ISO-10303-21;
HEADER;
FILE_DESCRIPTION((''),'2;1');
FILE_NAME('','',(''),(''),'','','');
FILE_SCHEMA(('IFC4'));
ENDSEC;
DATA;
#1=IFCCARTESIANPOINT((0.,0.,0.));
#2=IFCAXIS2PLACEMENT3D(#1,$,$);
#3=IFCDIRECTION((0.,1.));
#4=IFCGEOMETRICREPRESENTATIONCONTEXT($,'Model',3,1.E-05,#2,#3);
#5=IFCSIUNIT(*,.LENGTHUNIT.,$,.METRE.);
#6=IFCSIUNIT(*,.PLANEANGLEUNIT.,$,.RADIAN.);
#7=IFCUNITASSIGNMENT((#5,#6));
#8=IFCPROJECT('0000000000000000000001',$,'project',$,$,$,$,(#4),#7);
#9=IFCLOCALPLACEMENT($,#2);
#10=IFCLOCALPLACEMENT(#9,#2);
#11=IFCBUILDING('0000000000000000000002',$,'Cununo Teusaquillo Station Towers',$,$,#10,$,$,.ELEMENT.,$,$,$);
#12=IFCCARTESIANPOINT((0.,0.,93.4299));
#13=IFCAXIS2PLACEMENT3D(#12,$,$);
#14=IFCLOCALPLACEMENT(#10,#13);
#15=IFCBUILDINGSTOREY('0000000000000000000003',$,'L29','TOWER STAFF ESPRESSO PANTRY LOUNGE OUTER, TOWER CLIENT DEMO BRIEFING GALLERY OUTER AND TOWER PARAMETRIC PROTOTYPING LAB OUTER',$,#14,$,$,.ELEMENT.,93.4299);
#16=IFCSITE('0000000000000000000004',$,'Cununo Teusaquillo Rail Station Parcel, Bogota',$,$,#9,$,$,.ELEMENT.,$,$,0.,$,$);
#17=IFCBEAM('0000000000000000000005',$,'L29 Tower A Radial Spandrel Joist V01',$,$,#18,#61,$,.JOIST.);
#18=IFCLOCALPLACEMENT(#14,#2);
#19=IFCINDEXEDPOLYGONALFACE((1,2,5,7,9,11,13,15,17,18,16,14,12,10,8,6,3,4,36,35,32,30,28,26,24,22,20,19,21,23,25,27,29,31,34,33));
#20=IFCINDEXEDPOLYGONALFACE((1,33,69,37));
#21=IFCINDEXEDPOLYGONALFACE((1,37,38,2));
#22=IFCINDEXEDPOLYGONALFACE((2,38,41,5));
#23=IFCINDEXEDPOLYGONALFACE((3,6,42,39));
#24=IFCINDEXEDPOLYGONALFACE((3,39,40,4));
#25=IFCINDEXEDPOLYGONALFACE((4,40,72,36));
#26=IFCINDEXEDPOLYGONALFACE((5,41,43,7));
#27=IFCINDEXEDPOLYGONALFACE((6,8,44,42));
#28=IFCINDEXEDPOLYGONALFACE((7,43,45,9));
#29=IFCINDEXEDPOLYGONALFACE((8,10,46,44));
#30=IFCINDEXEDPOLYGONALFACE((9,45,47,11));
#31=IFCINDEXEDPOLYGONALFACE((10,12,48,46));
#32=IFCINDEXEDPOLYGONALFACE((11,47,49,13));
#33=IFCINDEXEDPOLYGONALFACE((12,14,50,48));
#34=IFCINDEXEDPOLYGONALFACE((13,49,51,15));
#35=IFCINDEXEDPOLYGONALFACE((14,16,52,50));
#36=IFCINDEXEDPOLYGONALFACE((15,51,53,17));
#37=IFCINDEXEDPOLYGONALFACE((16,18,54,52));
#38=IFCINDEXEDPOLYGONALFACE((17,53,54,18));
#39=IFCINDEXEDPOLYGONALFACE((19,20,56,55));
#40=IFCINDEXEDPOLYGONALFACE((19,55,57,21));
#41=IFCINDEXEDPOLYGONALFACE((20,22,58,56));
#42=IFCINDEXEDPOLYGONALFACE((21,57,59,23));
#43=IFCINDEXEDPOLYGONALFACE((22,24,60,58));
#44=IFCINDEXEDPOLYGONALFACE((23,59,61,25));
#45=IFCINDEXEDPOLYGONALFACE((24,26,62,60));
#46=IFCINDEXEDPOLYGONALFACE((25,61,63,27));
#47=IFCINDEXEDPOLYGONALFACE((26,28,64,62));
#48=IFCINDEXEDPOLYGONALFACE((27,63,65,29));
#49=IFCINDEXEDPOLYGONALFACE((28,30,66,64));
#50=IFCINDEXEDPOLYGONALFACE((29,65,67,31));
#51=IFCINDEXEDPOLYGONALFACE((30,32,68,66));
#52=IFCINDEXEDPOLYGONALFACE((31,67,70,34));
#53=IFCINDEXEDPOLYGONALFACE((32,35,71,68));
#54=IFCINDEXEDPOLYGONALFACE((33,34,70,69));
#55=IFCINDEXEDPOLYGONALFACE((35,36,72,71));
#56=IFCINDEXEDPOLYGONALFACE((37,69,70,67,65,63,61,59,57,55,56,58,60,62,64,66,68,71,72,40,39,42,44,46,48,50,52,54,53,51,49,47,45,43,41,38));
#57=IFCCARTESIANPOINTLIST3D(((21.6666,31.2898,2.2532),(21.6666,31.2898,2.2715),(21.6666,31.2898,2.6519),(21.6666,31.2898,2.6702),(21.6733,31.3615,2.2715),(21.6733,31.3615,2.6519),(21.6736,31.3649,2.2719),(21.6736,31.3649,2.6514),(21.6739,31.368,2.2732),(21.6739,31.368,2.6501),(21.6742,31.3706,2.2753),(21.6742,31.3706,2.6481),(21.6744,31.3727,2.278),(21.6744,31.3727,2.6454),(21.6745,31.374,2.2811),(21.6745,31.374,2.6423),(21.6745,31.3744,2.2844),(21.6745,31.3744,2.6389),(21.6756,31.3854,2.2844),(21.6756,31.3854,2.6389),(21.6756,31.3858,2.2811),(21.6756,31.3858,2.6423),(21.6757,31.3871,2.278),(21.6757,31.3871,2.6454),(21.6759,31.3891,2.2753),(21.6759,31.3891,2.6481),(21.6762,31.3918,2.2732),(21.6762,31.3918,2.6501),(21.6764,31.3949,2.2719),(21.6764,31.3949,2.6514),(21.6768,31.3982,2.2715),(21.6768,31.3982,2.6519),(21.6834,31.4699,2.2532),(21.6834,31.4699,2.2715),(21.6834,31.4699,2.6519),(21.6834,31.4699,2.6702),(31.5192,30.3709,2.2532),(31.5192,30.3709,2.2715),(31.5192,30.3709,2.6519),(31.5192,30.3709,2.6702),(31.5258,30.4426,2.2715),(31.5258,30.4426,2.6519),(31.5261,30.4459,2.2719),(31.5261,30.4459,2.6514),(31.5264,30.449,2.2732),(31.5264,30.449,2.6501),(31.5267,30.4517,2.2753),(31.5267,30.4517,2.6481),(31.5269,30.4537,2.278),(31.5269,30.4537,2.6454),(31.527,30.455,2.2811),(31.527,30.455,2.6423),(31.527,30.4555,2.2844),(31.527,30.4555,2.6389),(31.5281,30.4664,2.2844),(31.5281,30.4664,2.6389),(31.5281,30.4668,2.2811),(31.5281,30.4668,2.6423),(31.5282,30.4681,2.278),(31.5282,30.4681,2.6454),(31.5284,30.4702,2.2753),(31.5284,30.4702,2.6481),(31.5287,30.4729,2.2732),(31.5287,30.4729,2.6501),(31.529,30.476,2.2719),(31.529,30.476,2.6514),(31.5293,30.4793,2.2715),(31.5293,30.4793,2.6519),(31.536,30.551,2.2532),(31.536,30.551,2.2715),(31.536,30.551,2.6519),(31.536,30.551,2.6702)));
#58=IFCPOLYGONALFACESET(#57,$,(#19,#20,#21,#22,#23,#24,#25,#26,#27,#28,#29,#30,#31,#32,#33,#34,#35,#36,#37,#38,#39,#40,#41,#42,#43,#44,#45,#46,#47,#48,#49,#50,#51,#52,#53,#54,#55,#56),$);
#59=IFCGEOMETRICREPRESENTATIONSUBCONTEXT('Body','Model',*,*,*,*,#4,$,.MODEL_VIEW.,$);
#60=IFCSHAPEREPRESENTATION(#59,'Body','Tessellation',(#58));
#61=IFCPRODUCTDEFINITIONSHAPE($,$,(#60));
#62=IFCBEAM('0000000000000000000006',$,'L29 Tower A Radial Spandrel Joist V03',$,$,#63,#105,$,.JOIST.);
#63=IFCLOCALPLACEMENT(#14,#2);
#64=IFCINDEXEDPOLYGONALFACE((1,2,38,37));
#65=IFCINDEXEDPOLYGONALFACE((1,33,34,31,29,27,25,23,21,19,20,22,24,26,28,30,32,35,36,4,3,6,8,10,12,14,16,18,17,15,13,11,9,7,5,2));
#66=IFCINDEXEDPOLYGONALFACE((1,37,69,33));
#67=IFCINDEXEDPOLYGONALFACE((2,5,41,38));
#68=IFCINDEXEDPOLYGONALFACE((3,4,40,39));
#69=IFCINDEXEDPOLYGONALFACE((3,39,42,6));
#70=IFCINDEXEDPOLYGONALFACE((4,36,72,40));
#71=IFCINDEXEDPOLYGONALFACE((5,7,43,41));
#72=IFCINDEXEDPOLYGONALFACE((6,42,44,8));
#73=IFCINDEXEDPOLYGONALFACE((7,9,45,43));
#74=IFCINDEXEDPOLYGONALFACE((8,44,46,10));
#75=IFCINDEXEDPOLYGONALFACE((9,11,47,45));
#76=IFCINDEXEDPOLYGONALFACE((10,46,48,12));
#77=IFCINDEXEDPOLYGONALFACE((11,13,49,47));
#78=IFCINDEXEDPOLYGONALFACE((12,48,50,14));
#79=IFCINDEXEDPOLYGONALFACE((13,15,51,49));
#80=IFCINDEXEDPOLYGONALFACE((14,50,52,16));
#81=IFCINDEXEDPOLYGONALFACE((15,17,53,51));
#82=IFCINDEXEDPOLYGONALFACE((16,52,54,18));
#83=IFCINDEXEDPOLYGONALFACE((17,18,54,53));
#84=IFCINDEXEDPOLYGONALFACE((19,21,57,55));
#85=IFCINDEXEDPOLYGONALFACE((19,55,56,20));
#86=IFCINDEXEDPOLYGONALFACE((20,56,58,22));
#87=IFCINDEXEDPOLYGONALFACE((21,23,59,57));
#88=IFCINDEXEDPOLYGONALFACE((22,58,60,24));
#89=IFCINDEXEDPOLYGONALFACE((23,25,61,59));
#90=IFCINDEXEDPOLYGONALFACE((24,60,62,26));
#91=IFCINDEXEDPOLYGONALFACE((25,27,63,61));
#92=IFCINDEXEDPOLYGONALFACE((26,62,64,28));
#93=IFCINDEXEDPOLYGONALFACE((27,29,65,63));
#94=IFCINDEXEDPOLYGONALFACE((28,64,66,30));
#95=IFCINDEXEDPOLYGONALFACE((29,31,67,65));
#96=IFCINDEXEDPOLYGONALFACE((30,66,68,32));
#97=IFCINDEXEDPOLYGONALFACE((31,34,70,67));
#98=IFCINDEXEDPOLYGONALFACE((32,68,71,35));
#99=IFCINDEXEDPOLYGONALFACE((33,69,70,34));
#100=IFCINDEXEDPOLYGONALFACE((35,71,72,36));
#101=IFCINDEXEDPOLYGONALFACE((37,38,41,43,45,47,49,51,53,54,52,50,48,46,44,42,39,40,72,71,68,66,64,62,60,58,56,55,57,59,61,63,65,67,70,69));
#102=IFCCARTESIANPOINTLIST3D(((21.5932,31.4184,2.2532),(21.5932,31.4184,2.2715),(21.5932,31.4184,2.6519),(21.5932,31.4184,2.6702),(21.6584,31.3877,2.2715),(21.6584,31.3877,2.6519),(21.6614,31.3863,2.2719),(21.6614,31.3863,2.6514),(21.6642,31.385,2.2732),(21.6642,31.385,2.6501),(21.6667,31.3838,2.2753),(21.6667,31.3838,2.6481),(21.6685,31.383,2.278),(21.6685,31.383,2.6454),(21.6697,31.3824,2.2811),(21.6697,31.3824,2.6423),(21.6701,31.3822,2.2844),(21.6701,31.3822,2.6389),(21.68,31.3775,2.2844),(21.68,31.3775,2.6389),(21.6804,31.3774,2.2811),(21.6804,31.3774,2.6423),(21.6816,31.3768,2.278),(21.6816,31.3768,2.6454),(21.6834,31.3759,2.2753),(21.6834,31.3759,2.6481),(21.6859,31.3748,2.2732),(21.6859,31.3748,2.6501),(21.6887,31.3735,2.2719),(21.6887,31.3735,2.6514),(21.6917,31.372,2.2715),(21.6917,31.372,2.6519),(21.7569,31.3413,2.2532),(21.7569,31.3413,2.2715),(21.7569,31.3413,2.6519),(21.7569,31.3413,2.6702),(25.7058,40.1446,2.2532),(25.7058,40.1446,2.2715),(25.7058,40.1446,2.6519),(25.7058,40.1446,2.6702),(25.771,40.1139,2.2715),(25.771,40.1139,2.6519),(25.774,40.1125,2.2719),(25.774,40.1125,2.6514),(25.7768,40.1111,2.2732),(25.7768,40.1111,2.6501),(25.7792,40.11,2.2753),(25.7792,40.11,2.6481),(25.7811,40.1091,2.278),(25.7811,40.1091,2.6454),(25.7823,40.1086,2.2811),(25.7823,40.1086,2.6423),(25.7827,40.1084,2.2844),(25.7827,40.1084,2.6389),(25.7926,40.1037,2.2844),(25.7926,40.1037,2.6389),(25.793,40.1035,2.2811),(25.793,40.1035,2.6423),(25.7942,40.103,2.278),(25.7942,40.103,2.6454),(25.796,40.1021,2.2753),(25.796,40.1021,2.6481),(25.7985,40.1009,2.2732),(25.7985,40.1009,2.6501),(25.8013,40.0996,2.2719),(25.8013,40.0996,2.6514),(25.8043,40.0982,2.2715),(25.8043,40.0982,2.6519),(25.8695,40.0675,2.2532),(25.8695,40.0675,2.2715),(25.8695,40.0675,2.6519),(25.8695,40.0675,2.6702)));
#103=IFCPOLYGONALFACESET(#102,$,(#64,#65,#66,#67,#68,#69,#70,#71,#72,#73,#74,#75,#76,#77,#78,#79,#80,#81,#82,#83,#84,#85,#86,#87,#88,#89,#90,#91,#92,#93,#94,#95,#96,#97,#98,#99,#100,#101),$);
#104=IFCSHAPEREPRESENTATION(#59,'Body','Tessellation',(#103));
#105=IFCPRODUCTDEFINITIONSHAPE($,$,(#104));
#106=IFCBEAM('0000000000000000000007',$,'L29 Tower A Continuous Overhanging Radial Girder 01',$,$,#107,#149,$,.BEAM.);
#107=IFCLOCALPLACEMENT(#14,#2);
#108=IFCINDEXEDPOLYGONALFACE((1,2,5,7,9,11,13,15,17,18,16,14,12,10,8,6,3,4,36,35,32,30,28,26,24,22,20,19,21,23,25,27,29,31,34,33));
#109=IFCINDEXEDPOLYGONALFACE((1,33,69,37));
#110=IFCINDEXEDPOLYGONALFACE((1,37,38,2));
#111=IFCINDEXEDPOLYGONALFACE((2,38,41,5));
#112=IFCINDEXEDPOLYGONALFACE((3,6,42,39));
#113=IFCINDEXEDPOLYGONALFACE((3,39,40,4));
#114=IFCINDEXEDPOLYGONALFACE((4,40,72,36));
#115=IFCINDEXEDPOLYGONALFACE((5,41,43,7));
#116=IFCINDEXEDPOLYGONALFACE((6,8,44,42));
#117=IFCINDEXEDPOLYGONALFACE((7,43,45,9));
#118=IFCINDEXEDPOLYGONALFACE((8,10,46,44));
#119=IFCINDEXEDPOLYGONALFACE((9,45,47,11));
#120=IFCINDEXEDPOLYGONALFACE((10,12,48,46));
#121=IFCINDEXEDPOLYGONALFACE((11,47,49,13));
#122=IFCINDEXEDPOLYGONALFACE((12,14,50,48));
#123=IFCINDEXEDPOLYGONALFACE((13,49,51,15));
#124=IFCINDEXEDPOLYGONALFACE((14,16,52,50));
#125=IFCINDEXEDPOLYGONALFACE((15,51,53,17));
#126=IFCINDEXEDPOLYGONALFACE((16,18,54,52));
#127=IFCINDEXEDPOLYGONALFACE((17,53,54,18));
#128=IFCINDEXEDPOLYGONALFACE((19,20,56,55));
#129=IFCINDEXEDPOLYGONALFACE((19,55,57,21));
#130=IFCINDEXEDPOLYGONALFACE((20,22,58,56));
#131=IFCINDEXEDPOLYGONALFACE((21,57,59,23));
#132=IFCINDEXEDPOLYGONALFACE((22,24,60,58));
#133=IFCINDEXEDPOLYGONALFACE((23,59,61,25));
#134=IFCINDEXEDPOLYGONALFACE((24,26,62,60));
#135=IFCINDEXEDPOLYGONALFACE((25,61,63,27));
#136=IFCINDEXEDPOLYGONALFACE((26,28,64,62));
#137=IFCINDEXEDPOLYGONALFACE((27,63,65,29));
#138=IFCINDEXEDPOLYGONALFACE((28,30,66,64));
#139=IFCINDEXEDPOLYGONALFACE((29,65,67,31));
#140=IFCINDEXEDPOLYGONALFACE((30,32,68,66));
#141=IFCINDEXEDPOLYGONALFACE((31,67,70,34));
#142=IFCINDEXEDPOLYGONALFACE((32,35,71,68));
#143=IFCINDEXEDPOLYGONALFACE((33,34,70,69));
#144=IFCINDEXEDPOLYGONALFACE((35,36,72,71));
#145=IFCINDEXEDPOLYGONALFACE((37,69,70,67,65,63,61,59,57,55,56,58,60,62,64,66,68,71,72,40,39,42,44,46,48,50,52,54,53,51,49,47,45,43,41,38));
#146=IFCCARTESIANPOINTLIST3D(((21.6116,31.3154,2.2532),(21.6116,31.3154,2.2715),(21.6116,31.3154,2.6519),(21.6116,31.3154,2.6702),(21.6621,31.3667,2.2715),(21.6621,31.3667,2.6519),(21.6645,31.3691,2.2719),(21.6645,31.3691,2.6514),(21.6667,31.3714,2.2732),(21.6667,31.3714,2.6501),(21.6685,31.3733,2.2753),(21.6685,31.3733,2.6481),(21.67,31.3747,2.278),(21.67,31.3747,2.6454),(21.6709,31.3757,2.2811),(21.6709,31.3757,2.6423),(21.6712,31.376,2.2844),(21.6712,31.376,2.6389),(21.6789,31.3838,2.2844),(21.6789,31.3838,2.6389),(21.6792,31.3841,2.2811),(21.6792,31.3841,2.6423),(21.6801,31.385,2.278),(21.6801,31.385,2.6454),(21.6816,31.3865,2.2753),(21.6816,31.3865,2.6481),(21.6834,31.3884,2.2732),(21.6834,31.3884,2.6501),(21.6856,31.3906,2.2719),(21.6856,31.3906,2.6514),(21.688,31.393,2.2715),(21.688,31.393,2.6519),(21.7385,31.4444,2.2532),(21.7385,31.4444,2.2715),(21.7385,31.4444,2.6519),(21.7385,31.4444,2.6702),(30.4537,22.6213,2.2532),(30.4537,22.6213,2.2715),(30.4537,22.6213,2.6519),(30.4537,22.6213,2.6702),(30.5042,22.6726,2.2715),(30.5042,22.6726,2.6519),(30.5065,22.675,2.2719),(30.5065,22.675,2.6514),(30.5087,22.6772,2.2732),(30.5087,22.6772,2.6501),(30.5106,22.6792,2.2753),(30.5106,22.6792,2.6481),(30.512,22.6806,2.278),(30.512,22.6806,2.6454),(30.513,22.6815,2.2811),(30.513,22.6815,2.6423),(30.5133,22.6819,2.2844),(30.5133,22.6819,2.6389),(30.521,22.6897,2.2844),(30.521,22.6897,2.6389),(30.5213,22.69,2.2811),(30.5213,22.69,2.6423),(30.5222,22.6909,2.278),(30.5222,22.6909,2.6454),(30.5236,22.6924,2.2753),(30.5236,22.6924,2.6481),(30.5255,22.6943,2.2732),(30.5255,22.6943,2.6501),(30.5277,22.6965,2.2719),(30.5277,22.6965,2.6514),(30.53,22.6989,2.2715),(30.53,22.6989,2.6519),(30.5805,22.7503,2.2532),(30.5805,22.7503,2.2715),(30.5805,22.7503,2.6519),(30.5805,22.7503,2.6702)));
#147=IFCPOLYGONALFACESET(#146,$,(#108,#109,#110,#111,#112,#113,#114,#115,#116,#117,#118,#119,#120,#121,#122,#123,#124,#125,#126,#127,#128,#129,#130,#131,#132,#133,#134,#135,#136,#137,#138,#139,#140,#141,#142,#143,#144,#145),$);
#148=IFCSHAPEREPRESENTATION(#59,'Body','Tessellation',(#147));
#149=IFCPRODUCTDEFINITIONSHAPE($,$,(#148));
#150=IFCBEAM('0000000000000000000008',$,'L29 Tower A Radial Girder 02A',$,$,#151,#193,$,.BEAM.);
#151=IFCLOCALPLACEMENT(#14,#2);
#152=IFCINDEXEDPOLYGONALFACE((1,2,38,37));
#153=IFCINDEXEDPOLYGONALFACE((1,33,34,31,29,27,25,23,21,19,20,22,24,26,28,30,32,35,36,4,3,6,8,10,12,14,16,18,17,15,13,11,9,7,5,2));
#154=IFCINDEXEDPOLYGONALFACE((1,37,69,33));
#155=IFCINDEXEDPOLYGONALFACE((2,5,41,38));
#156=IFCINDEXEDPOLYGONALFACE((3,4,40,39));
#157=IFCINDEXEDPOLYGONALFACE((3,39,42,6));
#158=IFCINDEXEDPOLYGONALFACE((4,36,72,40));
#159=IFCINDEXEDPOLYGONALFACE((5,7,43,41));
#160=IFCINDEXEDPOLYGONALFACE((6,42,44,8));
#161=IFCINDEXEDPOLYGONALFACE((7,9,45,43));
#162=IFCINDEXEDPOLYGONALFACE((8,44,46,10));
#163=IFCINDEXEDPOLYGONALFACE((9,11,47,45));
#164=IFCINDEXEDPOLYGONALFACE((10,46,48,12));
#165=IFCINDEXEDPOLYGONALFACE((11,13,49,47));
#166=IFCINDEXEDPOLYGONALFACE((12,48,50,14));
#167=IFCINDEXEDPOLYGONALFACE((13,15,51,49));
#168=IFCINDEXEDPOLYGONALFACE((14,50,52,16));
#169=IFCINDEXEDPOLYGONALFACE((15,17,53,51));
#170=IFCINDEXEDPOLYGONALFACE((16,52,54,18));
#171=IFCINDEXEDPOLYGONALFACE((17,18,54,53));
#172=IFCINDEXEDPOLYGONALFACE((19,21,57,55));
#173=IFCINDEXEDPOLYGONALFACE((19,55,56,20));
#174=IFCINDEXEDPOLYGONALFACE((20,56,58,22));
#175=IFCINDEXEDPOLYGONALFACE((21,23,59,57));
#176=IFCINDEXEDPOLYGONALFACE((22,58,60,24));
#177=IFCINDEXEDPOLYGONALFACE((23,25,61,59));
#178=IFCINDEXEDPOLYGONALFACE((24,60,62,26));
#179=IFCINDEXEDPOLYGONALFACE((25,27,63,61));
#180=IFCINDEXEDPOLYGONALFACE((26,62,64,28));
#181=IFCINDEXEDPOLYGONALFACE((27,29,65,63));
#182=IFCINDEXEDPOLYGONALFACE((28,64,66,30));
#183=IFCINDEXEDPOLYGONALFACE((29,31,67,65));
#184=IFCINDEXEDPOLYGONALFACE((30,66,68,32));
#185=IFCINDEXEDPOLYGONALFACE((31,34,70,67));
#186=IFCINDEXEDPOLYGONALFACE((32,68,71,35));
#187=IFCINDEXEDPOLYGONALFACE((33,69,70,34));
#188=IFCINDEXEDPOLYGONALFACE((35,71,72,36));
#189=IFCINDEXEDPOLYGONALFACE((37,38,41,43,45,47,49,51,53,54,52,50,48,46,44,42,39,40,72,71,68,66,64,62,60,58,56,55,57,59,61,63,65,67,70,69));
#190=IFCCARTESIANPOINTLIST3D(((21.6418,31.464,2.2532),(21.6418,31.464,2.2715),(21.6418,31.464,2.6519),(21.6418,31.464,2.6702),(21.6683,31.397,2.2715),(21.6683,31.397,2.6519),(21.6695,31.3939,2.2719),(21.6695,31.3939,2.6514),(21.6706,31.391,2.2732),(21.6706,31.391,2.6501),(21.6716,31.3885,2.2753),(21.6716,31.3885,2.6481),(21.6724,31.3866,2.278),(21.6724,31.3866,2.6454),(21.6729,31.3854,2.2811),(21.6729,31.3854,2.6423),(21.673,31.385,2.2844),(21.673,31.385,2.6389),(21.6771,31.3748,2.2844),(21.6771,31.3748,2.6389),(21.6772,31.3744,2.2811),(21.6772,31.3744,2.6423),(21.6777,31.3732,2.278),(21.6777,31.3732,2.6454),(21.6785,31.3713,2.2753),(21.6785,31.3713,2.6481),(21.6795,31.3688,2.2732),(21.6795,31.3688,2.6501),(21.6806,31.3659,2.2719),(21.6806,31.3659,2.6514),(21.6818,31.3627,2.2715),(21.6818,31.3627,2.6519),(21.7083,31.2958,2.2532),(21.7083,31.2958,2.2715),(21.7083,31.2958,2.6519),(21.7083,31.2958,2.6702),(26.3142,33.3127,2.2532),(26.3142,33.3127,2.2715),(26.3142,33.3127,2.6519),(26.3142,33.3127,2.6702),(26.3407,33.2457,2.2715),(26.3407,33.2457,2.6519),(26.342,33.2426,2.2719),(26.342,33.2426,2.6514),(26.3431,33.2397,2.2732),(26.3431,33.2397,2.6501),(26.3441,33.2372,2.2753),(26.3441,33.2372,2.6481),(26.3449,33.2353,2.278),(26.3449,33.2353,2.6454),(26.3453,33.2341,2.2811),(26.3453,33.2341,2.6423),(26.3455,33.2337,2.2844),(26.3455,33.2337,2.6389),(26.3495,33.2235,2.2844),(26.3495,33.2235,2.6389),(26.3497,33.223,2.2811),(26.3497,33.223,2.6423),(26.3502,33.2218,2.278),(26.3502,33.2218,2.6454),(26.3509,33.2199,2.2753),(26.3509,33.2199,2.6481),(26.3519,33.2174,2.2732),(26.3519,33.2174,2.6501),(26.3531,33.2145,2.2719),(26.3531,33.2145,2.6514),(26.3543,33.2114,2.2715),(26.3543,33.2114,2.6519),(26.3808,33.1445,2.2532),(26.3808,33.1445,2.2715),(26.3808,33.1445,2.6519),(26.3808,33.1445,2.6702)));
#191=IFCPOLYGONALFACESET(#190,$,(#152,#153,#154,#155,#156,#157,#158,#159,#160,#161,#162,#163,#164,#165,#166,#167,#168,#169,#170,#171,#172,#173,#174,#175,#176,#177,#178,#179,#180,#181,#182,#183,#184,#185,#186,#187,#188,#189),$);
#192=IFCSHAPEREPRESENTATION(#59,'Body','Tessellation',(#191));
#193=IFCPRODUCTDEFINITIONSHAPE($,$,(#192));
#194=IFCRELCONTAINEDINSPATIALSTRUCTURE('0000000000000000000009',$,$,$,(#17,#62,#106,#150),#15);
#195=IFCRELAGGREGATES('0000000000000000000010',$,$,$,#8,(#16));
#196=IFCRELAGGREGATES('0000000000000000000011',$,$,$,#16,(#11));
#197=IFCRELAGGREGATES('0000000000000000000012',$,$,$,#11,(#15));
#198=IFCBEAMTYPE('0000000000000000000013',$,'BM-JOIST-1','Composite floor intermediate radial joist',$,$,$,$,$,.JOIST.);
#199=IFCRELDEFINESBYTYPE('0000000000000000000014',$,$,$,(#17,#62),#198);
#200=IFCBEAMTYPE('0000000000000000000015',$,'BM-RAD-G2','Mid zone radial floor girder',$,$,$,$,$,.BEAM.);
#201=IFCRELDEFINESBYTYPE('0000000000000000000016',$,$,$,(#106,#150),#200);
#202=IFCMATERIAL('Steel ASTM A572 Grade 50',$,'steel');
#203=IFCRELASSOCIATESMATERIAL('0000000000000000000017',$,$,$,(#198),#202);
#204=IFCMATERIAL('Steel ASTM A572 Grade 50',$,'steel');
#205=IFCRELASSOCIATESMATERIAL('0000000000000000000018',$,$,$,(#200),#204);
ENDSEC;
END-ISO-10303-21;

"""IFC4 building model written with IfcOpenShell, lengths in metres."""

from ifc_helpers import new_model, si_unit, direction, frame, origin, origin_2d, place, context, subcontext, project, spatial, i_section, extrude, material, material_profile, profile_set, type_object, element, save


model = new_model("IFC4")

# Units and contexts
model_context = context("Model", 3, precision=1e-05, world=origin(), true_north=direction((0.0, 1.0)))
body_context = subcontext(model_context, "Body", "Model", "MODEL_VIEW")
ifc_project = project(units=[si_unit("LENGTHUNIT", "METRE"), si_unit("PLANEANGLEUNIT", "RADIAN")], contexts=[model_context])

# Site, building, storey
site_placement = place(None, origin())
site = spatial("IfcSite", under=ifc_project, at=site_placement, Name="Cununo Teusaquillo Rail Station Parcel, Bogota", CompositionType="ELEMENT", RefElevation=0.0)
building_placement = place(site_placement, origin())
building = spatial("IfcBuilding", under=site, at=building_placement, Name="Cununo Teusaquillo Station Towers", CompositionType="ELEMENT")
storey_placement = place(building_placement, frame((0.0, 0.0, 93.4299)))
storey = spatial("IfcBuildingStorey", under=building, at=storey_placement, Name="L29", Description="TOWER STAFF ESPRESSO PANTRY LOUNGE OUTER, TOWER CLIENT DEMO BRIEFING GALLERY OUTER AND TOWER PARAMETRIC PROTOTYPING LAB OUTER", CompositionType="ELEMENT", Elevation=93.4299)

# Beams
ifc_material_1 = material(Name="Steel ASTM A572 Grade 50", Category="steel")
ifc_material_profile_1 = material_profile(ifc_material_1, i_section(OverallWidth=0.1809, OverallDepth=0.417, WebThickness=0.011, FlangeThickness=0.0183, FilletRadius=0.0129, at=origin_2d()), Name="W16X57")
ifc_profile_set_1 = profile_set([ifc_material_profile_1], Name="Steel ASTM A572 Grade 50")
beam_type_1 = type_object("IfcBeamType", Name="BM-JOIST-1", Description="Composite floor intermediate radial joist", PredefinedType="JOIST", material=ifc_profile_set_1)
beam_1_placement = place(storey_placement, frame((21.675, 31.3799, 2.4617), z_axis=(0.995679, -0.092867, 0.0), x_axis=(0.092867, 0.995679, 0.0)))
element("IfcBeam", 1, at=beam_1_placement, inside=storey, type_object=beam_type_1, Name="L29 Tower A Radial Spandrel Joist V01", PredefinedType="JOIST", context=body_context, shape_type="SweptSolid", body=[
    extrude(i_section(OverallWidth=0.1809, OverallDepth=0.417, WebThickness=0.011, FlangeThickness=0.0183, FilletRadius=0.0129, at=origin_2d()), origin(), (0.0, 0.0, 1.0), 9.8953),
])
beam_2_placement = place(storey_placement, frame((21.675, 31.3799, 2.4617), z_axis=(0.42632, 0.904572, 0.0), x_axis=(-0.904572, 0.42632, 0.0)))
element("IfcBeam", 2, at=beam_2_placement, inside=storey, type_object=beam_type_1, Name="L29 Tower A Radial Spandrel Joist V03", PredefinedType="JOIST", context=body_context, shape_type="SweptSolid", body=[
    extrude(i_section(OverallWidth=0.1809, OverallDepth=0.417, WebThickness=0.011, FlangeThickness=0.0183, FilletRadius=0.0129, at=origin_2d()), origin(), (0.0, 0.0, 1.0), 9.6467),
])
ifc_material_2 = material(Name="Steel ASTM A572 Grade 50", Category="steel")
ifc_material_profile_2 = material_profile(ifc_material_2, i_section(OverallWidth=0.1809, OverallDepth=0.417, WebThickness=0.011, FlangeThickness=0.0183, FilletRadius=0.0129, at=origin_2d()), Name="W16X57")
ifc_profile_set_2 = profile_set([ifc_material_profile_2], Name="Steel ASTM A572 Grade 50")
beam_type_2 = type_object("IfcBeamType", Name="BM-RAD-G2", Description="Mid zone radial floor girder", PredefinedType="BEAM", material=ifc_profile_set_2)
beam_3_placement = place(storey_placement, frame((21.675, 31.3799, 2.4617), z_axis=(0.713047, -0.701116, 0.0), x_axis=(0.701116, 0.713047, 0.0)))
element("IfcBeam", 3, at=beam_3_placement, inside=storey, type_object=beam_type_2, Name="L29 Tower A Continuous Overhanging Radial Girder 01", PredefinedType="BEAM", context=body_context, shape_type="SweptSolid", body=[
    extrude(i_section(OverallWidth=0.1809, OverallDepth=0.417, WebThickness=0.011, FlangeThickness=0.0183, FilletRadius=0.0129, at=origin_2d()), origin(), (0.0, 0.0, 1.0), 12.4004),
])
beam_4_placement = place(storey_placement, frame((21.675, 31.3799, 2.4617), z_axis=(0.929864, 0.367903, 0.0), x_axis=(-0.367903, 0.929864, 0.0)))
element("IfcBeam", 4, at=beam_4_placement, inside=storey, type_object=beam_type_2, Name="L29 Tower A Radial Girder 02A", PredefinedType="BEAM", context=body_context, shape_type="SweptSolid", body=[
    extrude(i_section(OverallWidth=0.1809, OverallDepth=0.417, WebThickness=0.011, FlangeThickness=0.0183, FilletRadius=0.0129, at=origin_2d()), origin(), (0.0, 0.0, 1.0), 5.0249),
])

save(model, "model.ifc")
